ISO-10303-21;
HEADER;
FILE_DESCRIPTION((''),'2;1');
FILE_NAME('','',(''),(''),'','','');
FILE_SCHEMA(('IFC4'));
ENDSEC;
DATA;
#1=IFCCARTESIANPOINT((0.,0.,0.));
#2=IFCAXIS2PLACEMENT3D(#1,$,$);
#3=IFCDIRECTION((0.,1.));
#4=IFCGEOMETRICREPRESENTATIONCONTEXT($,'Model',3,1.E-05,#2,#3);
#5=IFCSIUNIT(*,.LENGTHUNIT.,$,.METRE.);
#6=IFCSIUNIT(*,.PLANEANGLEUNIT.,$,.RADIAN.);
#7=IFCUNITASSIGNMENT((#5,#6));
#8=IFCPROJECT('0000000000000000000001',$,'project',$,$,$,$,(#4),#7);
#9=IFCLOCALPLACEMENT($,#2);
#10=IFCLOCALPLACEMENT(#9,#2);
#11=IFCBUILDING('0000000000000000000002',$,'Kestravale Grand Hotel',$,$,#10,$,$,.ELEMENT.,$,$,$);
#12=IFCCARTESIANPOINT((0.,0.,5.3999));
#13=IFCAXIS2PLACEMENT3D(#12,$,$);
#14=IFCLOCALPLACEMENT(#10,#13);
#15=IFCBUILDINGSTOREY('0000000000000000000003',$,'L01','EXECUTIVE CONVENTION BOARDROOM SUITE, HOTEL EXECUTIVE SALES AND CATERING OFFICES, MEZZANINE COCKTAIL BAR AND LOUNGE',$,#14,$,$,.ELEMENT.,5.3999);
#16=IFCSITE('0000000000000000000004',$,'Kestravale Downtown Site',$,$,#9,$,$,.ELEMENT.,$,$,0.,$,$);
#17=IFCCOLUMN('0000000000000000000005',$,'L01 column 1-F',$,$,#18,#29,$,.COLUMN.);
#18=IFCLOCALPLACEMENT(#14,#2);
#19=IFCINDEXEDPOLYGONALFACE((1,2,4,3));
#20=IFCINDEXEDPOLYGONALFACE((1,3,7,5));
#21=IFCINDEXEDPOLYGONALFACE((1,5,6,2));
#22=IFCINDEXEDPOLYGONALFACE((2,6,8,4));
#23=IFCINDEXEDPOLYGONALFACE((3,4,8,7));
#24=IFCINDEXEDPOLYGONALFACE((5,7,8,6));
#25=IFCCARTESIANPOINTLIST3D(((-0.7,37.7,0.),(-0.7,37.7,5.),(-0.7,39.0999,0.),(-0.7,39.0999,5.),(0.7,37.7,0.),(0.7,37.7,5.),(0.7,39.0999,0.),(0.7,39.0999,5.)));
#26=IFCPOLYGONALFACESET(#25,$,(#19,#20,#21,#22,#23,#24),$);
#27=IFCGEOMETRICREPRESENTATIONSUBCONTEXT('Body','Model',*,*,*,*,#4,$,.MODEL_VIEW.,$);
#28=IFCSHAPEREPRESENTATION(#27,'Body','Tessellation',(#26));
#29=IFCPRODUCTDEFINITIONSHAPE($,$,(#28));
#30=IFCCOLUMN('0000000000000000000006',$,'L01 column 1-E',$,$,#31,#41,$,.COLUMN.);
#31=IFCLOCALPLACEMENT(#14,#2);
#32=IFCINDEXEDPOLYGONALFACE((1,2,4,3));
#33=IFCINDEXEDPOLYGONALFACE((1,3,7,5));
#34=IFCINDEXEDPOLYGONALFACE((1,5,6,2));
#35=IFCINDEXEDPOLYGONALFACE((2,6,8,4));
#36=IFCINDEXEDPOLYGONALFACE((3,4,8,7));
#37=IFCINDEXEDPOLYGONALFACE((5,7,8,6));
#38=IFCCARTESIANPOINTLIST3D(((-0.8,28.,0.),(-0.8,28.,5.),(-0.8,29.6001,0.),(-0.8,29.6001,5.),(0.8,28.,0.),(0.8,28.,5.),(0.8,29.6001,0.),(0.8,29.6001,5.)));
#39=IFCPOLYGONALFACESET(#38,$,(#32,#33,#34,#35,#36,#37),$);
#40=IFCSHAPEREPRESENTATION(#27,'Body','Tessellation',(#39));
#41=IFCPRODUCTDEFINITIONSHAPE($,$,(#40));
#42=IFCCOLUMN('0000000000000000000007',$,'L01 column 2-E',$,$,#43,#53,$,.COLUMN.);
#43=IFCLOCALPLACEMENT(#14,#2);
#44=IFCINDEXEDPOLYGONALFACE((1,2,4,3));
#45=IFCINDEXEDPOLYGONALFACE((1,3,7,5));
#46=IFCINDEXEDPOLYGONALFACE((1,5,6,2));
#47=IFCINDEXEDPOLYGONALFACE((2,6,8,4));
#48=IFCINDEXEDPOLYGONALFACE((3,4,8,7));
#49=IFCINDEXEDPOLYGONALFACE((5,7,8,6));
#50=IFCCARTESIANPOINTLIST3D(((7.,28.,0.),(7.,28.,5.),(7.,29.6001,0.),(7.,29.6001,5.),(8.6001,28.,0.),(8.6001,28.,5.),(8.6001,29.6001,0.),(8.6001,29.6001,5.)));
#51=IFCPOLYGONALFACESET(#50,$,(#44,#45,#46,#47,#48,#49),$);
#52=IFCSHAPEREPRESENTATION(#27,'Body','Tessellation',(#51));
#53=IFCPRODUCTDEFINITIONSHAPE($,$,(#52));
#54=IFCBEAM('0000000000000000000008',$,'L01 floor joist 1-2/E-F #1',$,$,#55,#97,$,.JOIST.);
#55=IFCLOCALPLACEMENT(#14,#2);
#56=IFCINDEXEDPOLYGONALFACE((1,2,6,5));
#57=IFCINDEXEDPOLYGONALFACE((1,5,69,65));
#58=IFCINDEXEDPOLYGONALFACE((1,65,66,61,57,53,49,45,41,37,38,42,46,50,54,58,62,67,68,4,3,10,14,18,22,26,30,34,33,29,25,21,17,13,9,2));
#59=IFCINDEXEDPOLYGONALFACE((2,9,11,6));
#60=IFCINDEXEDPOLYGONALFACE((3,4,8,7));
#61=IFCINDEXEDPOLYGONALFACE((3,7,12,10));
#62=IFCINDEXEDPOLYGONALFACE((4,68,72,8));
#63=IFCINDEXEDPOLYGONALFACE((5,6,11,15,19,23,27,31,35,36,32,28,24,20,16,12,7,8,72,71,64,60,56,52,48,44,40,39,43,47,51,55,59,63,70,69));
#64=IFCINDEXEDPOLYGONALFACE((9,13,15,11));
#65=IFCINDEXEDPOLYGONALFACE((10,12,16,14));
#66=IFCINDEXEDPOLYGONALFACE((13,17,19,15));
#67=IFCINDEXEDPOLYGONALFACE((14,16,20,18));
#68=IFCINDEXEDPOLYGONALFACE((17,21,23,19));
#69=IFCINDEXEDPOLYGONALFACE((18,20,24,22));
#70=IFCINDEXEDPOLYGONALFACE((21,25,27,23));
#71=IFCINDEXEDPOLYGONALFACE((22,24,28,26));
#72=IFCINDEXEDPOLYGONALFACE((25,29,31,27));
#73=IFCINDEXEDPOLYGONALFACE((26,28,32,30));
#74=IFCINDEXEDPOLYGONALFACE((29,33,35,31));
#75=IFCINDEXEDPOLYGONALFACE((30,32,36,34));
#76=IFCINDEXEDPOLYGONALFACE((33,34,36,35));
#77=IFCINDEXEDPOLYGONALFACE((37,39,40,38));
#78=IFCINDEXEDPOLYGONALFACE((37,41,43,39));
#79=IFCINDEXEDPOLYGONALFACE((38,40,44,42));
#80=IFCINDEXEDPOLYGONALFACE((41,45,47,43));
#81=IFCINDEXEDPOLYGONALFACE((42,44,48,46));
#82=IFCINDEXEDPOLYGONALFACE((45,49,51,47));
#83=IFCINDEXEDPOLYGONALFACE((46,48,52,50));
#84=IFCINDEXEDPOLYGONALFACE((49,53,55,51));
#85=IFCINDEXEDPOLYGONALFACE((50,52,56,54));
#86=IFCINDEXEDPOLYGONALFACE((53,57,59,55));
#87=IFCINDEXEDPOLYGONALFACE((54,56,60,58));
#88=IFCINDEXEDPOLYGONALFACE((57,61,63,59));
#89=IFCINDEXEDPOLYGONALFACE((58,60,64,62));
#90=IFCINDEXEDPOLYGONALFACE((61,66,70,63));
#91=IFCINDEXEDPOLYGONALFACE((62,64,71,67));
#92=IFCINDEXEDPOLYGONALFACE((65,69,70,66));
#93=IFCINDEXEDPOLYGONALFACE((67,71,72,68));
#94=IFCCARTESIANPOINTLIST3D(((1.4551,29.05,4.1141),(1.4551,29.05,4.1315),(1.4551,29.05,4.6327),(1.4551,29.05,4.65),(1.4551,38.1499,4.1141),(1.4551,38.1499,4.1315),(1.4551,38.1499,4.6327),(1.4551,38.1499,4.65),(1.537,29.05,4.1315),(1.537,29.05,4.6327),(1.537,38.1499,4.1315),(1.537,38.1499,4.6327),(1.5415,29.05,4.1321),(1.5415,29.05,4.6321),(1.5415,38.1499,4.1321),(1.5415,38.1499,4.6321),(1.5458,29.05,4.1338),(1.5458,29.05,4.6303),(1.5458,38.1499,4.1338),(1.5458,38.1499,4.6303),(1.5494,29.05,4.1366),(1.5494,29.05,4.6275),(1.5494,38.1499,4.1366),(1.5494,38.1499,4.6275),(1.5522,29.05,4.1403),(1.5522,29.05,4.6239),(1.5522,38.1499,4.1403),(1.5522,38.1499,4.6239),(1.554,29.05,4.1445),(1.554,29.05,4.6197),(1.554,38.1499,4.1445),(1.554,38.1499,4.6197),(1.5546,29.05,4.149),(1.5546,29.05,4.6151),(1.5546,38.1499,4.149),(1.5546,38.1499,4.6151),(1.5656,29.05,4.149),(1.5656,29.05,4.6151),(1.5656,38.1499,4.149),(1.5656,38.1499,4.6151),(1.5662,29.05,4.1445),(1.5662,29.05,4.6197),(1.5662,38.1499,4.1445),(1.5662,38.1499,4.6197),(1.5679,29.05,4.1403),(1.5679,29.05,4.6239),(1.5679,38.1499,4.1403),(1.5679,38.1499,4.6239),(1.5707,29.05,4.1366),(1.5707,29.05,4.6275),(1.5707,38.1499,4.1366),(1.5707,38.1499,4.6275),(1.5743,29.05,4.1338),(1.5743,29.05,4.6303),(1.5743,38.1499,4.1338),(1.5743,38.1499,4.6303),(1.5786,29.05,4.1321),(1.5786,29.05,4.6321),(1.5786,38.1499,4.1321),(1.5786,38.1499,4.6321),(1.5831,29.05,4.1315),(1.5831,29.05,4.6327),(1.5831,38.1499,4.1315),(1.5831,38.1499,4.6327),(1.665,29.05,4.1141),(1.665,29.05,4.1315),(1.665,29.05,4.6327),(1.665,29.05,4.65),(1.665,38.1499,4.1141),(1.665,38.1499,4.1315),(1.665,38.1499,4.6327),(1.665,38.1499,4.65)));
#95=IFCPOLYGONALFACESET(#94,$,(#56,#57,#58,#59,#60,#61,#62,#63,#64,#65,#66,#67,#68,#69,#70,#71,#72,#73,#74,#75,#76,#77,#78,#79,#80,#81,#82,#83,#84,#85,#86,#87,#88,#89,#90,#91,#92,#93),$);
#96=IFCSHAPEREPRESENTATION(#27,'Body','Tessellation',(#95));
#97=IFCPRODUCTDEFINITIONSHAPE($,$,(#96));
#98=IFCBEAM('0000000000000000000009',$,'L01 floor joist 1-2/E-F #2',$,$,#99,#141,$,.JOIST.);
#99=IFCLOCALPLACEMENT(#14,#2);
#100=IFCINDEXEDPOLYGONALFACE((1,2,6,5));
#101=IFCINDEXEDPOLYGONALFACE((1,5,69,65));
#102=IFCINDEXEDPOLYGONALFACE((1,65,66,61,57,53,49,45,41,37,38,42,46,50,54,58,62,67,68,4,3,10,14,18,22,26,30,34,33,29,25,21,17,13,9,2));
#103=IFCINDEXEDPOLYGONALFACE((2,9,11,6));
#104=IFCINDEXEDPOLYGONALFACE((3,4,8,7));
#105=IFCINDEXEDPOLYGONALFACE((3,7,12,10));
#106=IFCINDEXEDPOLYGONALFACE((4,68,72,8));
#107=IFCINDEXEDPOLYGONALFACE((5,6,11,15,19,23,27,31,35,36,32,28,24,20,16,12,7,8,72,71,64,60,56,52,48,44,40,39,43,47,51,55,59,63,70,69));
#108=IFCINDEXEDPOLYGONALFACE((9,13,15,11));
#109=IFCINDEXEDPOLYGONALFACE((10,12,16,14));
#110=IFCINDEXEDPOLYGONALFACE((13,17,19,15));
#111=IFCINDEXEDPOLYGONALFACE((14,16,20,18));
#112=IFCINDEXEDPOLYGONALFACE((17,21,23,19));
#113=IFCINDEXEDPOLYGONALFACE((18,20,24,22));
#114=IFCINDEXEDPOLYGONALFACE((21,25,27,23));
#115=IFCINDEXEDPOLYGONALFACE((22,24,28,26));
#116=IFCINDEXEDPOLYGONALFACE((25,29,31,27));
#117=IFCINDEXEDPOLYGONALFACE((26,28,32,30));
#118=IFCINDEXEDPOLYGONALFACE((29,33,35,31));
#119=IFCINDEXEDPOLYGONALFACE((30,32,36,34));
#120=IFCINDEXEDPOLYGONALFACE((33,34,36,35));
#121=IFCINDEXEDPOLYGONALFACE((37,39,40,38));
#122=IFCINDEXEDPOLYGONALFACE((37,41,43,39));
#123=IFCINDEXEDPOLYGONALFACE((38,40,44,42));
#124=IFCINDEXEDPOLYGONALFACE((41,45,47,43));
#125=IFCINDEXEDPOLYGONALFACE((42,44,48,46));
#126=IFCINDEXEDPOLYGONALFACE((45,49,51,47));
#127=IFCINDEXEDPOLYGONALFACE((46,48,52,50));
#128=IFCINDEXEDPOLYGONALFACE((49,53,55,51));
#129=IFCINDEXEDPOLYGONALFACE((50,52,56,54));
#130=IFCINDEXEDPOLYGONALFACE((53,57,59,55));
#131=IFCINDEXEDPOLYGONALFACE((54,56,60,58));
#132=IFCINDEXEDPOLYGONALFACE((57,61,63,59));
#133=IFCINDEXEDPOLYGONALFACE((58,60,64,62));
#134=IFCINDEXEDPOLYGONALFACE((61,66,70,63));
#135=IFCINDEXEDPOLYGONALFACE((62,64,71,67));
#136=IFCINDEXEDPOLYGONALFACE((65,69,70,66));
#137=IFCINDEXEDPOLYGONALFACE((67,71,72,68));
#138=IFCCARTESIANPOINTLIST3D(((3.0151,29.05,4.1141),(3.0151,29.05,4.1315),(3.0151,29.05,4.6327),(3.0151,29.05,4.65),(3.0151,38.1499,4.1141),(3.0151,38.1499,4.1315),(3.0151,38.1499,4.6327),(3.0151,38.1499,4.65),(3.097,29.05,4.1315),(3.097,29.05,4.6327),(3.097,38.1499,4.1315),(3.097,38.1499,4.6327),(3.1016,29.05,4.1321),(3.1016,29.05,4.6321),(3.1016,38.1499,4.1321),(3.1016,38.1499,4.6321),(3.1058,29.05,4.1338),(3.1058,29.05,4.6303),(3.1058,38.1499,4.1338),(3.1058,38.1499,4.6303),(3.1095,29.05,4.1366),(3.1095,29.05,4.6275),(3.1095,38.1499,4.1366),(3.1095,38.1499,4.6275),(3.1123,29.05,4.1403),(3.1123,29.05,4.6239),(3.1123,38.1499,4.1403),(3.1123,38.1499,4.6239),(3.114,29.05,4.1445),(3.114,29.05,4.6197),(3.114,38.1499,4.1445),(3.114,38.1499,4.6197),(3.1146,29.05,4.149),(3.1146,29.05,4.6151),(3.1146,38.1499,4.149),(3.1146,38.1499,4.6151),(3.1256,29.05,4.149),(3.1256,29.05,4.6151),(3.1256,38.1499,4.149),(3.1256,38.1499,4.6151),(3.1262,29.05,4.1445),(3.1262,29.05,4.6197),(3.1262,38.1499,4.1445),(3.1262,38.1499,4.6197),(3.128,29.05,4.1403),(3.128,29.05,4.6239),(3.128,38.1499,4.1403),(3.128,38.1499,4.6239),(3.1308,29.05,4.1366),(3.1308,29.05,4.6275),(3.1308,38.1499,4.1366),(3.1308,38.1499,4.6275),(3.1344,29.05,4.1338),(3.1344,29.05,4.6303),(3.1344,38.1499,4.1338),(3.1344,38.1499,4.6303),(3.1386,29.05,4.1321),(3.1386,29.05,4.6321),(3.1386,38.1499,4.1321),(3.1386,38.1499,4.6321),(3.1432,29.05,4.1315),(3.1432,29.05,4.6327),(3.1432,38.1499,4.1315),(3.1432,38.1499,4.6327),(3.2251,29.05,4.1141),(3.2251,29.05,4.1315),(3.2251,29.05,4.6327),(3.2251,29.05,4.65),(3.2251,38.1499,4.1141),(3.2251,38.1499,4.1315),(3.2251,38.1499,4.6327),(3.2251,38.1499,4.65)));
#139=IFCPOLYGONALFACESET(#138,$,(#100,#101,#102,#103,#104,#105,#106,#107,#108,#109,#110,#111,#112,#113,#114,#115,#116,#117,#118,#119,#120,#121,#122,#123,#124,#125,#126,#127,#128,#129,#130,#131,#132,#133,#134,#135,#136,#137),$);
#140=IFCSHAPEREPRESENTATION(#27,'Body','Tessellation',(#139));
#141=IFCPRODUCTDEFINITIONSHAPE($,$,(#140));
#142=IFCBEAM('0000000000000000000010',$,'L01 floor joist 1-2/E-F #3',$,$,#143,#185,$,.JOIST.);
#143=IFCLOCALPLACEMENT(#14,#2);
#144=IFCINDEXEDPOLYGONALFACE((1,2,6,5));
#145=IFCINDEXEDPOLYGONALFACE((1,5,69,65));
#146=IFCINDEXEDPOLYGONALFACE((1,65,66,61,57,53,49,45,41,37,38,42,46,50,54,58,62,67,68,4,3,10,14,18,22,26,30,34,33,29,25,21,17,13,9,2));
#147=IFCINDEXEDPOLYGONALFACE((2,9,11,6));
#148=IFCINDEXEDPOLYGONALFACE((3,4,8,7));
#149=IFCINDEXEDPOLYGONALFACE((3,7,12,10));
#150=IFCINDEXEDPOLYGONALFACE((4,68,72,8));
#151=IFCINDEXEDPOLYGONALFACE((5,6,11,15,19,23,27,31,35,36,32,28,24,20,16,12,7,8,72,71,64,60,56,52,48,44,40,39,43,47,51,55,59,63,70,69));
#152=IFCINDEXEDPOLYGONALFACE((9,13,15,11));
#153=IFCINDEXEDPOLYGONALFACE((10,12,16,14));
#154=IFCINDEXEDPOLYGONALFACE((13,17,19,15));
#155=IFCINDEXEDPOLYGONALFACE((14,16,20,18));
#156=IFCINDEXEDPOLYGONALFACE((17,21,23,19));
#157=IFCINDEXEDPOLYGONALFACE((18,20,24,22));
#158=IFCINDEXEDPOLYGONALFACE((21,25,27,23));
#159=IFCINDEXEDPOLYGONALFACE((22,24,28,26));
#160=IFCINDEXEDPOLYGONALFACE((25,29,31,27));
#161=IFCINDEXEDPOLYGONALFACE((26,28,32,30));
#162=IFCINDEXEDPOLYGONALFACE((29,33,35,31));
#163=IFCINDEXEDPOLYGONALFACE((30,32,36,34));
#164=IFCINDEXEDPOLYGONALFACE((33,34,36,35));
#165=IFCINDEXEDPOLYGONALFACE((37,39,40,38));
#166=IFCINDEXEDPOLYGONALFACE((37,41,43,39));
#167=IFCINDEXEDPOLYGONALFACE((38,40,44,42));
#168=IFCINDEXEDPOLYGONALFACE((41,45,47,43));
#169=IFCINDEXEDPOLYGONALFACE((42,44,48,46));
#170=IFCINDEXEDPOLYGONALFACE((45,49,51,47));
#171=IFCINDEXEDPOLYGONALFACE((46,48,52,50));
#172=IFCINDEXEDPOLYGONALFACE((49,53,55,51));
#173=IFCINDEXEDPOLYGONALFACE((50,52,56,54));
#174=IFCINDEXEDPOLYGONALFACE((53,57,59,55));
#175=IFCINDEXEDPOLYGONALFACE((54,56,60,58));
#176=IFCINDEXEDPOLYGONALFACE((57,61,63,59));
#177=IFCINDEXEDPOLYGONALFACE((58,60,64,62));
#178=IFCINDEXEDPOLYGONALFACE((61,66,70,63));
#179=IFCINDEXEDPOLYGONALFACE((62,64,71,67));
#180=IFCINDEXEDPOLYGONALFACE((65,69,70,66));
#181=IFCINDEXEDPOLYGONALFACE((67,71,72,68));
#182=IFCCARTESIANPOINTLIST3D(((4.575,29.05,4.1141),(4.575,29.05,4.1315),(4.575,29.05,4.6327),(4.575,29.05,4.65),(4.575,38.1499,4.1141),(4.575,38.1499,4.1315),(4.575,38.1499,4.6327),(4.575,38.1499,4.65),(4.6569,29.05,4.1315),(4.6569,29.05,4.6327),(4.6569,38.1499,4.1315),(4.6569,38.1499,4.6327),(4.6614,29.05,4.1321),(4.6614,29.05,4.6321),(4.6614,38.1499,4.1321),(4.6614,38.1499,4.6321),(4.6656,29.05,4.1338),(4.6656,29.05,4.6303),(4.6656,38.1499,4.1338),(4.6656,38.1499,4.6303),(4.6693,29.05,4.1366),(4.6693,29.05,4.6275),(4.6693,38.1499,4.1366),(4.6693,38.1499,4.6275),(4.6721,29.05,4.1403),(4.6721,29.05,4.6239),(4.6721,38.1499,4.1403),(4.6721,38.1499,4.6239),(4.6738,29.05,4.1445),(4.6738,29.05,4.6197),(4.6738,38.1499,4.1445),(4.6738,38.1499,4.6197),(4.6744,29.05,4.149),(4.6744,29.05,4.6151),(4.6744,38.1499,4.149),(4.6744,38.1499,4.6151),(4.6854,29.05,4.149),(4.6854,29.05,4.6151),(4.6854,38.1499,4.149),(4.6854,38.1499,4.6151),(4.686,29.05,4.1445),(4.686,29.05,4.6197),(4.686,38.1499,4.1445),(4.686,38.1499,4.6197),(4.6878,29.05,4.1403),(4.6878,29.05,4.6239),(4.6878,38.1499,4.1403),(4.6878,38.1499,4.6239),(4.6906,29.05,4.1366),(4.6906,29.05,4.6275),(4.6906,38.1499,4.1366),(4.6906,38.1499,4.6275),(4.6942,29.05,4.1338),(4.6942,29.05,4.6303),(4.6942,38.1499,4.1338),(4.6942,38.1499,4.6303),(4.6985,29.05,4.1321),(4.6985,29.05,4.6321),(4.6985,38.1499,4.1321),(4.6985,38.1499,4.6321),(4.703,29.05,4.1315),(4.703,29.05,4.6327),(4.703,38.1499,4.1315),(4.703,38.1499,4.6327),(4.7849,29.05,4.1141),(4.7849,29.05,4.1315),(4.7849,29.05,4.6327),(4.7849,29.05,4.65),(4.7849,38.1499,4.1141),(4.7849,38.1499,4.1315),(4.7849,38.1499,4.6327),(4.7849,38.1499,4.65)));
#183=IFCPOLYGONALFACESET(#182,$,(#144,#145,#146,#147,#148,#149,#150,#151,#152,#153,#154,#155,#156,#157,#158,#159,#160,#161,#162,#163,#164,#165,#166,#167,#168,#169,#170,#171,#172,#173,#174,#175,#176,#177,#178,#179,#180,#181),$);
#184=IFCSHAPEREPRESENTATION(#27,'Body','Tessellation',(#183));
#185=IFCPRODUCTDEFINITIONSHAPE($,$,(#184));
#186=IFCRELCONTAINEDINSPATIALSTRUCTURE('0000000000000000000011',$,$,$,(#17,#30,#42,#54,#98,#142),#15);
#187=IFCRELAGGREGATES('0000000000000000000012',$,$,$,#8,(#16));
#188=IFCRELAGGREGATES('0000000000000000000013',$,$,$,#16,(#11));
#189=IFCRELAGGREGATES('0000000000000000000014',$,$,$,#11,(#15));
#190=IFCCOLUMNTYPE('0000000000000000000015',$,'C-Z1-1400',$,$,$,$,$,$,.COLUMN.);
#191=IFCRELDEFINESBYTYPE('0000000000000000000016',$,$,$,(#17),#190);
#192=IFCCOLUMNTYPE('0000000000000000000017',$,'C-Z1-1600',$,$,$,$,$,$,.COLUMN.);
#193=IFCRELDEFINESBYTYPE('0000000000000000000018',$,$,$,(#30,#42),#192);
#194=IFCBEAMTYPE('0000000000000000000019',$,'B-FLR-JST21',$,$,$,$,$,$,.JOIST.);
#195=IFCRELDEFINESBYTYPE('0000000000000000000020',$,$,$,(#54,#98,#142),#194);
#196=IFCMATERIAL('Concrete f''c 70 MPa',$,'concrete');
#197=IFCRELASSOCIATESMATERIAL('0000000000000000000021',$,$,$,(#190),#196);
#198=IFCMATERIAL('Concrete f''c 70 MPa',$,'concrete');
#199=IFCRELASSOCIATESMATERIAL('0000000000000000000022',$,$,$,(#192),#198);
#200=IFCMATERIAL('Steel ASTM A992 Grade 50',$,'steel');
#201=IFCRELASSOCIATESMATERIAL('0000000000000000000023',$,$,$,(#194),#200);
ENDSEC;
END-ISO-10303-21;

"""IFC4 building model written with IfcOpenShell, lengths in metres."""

from ifc_helpers import new_model, si_unit, direction, frame, origin, origin_2d, place, context, subcontext, project, spatial, rectangle, i_section, extrude, material, material_profile, profile_set, type_object, element, save


model = new_model("IFC4")

# Units and contexts
model_context = context("Model", 3, precision=1e-05, world=origin(), true_north=direction((0.0, 1.0)))
body_context = subcontext(model_context, "Body", "Model", "MODEL_VIEW")
ifc_project = project(units=[si_unit("LENGTHUNIT", "METRE"), si_unit("PLANEANGLEUNIT", "RADIAN")], contexts=[model_context])

# Site, building, storey
site_placement = place(None, origin())
site = spatial("IfcSite", under=ifc_project, at=site_placement, Name="Kestravale Downtown Site", CompositionType="ELEMENT", RefElevation=0.0)
building_placement = place(site_placement, origin())
building = spatial("IfcBuilding", under=site, at=building_placement, Name="Kestravale Grand Hotel", CompositionType="ELEMENT")
storey_placement = place(building_placement, frame((0.0, 0.0, 5.3999)))
storey = spatial("IfcBuildingStorey", under=building, at=storey_placement, Name="L01", Description="EXECUTIVE CONVENTION BOARDROOM SUITE, HOTEL EXECUTIVE SALES AND CATERING OFFICES, MEZZANINE COCKTAIL BAR AND LOUNGE", CompositionType="ELEMENT", Elevation=5.3999)

# Columns
ifc_material_1 = material(Name="Concrete f'c 70 MPa", Category="concrete")
ifc_material_profile_1 = material_profile(ifc_material_1, rectangle(XDim=1.3999, YDim=1.3999, at=origin_2d()))
ifc_profile_set_1 = profile_set([ifc_material_profile_1], Name="Concrete f'c 70 MPa")
column_type_1 = type_object("IfcColumnType", Name="C-Z1-1400", PredefinedType="COLUMN", material=ifc_profile_set_1)
column_placement = place(storey_placement, frame((0.0, 38.3999, 0.0), z_axis=(0.0, 0.0, 1.0), x_axis=(1.0, 0.0, 0.0)))
element("IfcColumn", 1, at=column_placement, inside=storey, type_object=column_type_1, Name="L01 column 1-F", PredefinedType="COLUMN", context=body_context, shape_type="SweptSolid", body=[
    extrude(rectangle(XDim=1.3999, YDim=1.3999, at=origin_2d()), origin(), (0.0, 0.0, 1.0), 5.0),
])
ifc_material_2 = material(Name="Concrete f'c 70 MPa", Category="concrete")
ifc_material_profile_2 = material_profile(ifc_material_2, rectangle(XDim=1.6001, YDim=1.6001, at=origin_2d()))
ifc_profile_set_2 = profile_set([ifc_material_profile_2], Name="Concrete f'c 70 MPa")
column_type_2 = type_object("IfcColumnType", Name="C-Z1-1600", PredefinedType="COLUMN", material=ifc_profile_set_2)
for number, where, z_axis, x_axis, name in (
    (2, (0.0, 28.8, 0.0), (0.0, 0.0, 1.0), (1.0, 0.0, 0.0), "L01 column 1-E"),
    (3, (7.8, 28.8, 0.0), (0.0, 0.0, 1.0), (1.0, 0.0, 0.0), "L01 column 2-E"),
):
    element("IfcColumn", number, at=place(storey_placement, frame(where, z_axis=z_axis, x_axis=x_axis)), inside=storey, type_object=column_type_2, Name=name, PredefinedType="COLUMN", context=body_context, shape_type="SweptSolid", body=[
        extrude(rectangle(XDim=1.6001, YDim=1.6001, at=origin_2d()), origin(), (0.0, 0.0, 1.0), 5.0),
    ])

# Beams
ifc_material_3 = material(Name="Steel ASTM A992 Grade 50", Category="steel")
ifc_material_profile_3 = material_profile(ifc_material_3, i_section(OverallWidth=0.21, OverallDepth=0.5359, WebThickness=0.011, FlangeThickness=0.0173, FilletRadius=0.0176, at=origin_2d()))
ifc_profile_set_3 = profile_set([ifc_material_profile_3], Name="Steel ASTM A992 Grade 50")
beam_type_1 = type_object("IfcBeamType", Name="B-FLR-JST21", PredefinedType="JOIST", material=ifc_profile_set_3)
for number, where, z_axis, x_axis, name in (
    (4, (1.5601, 29.05, 4.3821), (0.0, 1.0, 0.0), (-1.0, 0.0, 0.0), "L01 floor joist 1-2/E-F #1"),
    (5, (3.1201, 29.05, 4.3821), (0.0, 1.0, 0.0), (-1.0, 0.0, 0.0), "L01 floor joist 1-2/E-F #2"),
    (6, (4.6799, 29.05, 4.3821), (0.0, 1.0, 0.0), (-1.0, 0.0, 0.0), "L01 floor joist 1-2/E-F #3"),
):
    element("IfcBeam", number, at=place(storey_placement, frame(where, z_axis=z_axis, x_axis=x_axis)), inside=storey, type_object=beam_type_1, Name=name, PredefinedType="JOIST", context=body_context, shape_type="SweptSolid", body=[
        extrude(i_section(OverallWidth=0.21, OverallDepth=0.5359, WebThickness=0.011, FlangeThickness=0.0173, FilletRadius=0.0176, at=origin_2d()), origin(), (0.0, 0.0, 1.0), 9.0999),
    ])

save(model, "model.ifc")
